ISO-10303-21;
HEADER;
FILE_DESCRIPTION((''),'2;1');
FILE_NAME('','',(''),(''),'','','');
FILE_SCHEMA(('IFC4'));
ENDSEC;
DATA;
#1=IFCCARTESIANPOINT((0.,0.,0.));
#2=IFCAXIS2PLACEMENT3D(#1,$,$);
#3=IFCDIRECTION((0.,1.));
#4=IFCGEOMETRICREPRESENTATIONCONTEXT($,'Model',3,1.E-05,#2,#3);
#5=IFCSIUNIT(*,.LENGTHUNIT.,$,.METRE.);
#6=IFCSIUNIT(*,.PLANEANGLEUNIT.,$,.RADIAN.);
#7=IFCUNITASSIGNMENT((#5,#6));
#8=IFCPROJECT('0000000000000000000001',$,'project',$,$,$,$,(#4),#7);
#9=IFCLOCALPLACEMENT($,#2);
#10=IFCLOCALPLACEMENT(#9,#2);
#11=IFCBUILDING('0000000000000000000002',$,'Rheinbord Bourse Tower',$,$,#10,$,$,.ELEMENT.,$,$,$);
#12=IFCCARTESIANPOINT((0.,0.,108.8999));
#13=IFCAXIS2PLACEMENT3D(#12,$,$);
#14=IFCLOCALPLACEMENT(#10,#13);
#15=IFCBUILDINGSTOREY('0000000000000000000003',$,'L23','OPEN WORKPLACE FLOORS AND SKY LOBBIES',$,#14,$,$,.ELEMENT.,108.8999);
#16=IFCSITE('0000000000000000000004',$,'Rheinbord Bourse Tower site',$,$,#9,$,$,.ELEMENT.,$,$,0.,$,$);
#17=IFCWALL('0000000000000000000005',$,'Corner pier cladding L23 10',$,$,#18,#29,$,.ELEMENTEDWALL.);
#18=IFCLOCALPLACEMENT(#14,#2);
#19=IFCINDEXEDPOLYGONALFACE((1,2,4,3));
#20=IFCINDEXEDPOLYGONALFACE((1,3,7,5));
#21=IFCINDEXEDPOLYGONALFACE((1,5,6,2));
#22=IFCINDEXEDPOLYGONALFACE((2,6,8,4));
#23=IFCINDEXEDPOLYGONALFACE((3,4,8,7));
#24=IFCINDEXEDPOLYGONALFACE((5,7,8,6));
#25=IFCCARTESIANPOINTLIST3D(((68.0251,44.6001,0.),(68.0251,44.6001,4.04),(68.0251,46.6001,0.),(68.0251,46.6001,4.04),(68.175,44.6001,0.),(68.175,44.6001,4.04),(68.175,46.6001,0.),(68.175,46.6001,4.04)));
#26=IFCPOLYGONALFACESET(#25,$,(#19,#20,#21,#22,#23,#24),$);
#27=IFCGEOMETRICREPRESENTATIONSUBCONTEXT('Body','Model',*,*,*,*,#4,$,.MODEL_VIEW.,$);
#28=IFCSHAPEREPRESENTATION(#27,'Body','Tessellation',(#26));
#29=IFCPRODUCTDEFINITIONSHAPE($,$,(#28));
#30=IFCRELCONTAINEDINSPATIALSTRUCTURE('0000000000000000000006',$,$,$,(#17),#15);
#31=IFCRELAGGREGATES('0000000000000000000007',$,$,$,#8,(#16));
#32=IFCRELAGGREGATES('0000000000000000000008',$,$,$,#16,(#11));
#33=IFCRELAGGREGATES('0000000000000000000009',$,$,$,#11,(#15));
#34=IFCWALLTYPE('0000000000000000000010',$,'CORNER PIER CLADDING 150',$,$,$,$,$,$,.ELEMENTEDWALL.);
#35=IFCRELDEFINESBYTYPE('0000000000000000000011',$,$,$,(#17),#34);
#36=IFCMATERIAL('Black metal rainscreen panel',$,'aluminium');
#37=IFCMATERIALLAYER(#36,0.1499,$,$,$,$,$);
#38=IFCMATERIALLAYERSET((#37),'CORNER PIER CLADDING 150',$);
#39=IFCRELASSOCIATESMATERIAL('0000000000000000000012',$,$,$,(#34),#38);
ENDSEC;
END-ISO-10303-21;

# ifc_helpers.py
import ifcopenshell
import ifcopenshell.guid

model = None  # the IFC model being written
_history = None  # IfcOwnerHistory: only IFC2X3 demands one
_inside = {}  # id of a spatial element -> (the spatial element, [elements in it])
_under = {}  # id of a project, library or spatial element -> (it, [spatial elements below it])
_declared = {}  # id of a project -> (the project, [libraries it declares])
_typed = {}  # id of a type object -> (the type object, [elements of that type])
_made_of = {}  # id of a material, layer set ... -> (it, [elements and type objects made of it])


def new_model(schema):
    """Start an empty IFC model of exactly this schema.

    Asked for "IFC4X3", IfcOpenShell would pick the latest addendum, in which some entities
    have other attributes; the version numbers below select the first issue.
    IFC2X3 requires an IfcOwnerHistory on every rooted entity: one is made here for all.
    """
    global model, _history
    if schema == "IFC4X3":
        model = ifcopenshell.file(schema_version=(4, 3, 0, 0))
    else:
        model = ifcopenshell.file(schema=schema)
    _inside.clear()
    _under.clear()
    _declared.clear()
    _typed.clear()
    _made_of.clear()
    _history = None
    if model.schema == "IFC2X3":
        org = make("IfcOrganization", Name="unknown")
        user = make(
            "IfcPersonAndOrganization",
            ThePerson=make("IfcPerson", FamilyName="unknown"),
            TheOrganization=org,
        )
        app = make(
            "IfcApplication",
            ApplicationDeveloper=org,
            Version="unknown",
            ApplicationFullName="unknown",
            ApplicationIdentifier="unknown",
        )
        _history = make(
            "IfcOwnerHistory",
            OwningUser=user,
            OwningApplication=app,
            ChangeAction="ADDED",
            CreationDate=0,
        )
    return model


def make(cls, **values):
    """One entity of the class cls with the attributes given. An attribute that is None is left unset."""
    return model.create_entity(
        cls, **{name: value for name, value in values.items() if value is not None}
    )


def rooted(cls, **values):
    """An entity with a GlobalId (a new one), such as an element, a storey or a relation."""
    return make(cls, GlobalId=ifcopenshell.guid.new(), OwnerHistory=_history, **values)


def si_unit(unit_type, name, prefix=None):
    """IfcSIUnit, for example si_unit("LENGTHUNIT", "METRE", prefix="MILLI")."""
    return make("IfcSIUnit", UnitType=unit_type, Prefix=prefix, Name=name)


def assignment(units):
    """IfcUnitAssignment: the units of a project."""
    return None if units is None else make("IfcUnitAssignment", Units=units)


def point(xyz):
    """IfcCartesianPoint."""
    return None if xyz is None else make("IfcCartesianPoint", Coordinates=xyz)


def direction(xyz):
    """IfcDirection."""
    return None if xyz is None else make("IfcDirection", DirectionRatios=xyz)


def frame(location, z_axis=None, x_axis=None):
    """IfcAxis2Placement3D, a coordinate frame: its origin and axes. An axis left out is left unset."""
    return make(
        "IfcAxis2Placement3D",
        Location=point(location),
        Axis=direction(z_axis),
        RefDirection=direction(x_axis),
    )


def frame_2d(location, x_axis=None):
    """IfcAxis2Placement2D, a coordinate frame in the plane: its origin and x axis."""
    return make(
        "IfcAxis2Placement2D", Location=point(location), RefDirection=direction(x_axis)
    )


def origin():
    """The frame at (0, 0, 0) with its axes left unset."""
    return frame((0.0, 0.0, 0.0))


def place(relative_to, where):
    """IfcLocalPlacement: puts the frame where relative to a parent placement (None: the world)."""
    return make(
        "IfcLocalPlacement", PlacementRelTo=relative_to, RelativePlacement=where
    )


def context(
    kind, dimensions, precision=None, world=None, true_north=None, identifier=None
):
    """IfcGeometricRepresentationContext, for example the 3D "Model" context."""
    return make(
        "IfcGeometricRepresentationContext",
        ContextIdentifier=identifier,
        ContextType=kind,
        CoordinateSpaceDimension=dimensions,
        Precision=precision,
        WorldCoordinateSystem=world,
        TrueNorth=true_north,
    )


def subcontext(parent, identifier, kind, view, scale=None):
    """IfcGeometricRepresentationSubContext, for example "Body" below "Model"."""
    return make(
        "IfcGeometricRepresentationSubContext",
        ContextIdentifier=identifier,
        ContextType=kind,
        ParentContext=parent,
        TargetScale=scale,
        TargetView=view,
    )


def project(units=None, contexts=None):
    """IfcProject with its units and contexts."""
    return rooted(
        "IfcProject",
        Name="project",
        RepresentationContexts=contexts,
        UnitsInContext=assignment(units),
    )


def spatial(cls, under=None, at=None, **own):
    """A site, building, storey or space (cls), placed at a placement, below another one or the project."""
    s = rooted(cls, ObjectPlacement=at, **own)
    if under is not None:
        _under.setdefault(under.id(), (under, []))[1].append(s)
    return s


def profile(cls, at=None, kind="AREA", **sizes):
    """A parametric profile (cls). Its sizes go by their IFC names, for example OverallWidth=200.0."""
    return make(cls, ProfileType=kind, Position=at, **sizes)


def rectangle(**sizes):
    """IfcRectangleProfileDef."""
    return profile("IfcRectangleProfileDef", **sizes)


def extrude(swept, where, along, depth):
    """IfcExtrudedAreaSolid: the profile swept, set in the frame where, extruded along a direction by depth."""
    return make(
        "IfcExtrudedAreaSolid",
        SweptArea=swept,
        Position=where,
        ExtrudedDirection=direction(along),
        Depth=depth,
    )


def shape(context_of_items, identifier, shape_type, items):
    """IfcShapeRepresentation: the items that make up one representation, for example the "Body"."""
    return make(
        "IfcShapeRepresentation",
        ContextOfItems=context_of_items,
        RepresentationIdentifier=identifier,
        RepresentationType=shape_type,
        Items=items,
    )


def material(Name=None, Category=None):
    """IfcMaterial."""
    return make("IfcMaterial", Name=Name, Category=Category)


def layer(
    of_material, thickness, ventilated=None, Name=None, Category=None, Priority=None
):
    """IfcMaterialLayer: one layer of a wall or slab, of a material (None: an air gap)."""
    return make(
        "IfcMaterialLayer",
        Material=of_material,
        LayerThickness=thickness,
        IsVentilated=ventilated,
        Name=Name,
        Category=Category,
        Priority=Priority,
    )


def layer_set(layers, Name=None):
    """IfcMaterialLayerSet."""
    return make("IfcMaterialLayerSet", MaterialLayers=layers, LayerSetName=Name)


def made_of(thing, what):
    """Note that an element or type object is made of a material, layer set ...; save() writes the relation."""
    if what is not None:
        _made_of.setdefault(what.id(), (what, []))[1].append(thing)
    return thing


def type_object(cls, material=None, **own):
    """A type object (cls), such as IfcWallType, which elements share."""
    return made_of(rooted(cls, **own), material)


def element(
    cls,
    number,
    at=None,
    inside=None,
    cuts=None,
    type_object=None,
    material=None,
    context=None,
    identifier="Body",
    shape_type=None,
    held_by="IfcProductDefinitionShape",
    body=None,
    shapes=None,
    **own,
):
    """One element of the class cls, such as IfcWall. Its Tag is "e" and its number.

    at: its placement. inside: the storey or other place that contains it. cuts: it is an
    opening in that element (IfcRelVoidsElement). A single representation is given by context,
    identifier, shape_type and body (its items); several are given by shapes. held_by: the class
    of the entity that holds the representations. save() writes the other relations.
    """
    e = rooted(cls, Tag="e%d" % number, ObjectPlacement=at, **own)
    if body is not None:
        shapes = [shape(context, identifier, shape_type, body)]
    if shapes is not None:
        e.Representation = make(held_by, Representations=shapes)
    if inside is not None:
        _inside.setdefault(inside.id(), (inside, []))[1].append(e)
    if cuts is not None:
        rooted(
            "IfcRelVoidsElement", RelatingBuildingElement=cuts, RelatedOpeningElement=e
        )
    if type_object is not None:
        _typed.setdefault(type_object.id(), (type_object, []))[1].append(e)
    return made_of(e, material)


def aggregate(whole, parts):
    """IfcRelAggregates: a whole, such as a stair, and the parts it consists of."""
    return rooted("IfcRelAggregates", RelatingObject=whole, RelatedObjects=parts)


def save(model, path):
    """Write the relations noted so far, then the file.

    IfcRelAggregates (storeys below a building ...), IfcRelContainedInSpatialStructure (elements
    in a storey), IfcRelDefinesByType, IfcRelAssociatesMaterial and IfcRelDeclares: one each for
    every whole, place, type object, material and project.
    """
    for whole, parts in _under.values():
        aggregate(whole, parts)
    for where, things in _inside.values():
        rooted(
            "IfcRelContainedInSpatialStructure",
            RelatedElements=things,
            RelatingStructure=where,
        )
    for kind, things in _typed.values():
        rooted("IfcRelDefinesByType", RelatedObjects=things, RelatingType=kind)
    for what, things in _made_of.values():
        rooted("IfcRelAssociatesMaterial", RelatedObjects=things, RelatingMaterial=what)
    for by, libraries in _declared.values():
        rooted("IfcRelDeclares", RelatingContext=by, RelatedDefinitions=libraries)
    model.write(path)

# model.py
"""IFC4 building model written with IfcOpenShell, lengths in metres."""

from ifc_helpers import new_model, si_unit, direction, frame, frame_2d, origin, place, context, subcontext, project, spatial, rectangle, extrude, material, layer, layer_set, type_object, element, save


model = new_model("IFC4")

# Units and contexts
model_context = context("Model", 3, precision=1e-05, world=origin(), true_north=direction((0.0, 1.0)))
body_context = subcontext(model_context, "Body", "Model", "MODEL_VIEW")
ifc_project = project(units=[si_unit("LENGTHUNIT", "METRE"), si_unit("PLANEANGLEUNIT", "RADIAN")], contexts=[model_context])

# Site, building, storey
site_placement = place(None, origin())
site = spatial("IfcSite", under=ifc_project, at=site_placement, Name="Rheinbord Bourse Tower site", CompositionType="ELEMENT", RefElevation=0.0)
building_placement = place(site_placement, origin())
building = spatial("IfcBuilding", under=site, at=building_placement, Name="Rheinbord Bourse Tower", CompositionType="ELEMENT")
storey_placement = place(building_placement, frame((0.0, 0.0, 108.8999)))
storey = spatial("IfcBuildingStorey", under=building, at=storey_placement, Name="L23", Description="OPEN WORKPLACE FLOORS AND SKY LOBBIES", CompositionType="ELEMENT", Elevation=108.8999)

# Wall
ifc_material_1 = material(Name="Black metal rainscreen panel", Category="aluminium")
ifc_layer_1 = layer(ifc_material_1, 0.1499)
ifc_layer_set_1 = layer_set([ifc_layer_1], Name="CORNER PIER CLADDING 150")
wall_type = type_object("IfcWallType", Name="CORNER PIER CLADDING 150", PredefinedType="ELEMENTEDWALL", material=ifc_layer_set_1)
wall_1_placement = place(storey_placement, frame((68.1001, 44.6001, 0.0), z_axis=(0.0, 0.0, 1.0), x_axis=(0.0, 1.0, 0.0)))
element("IfcWall", 1, at=wall_1_placement, inside=storey, type_object=wall_type, Name="Corner pier cladding L23 10", PredefinedType="ELEMENTEDWALL", context=body_context, shape_type="SweptSolid", body=[
    extrude(rectangle(XDim=2.0, YDim=0.1499, at=frame_2d((1.0, 0.0))), origin(), (0.0, 0.0, 1.0), 4.04),
])

save(model, "model.ifc")
